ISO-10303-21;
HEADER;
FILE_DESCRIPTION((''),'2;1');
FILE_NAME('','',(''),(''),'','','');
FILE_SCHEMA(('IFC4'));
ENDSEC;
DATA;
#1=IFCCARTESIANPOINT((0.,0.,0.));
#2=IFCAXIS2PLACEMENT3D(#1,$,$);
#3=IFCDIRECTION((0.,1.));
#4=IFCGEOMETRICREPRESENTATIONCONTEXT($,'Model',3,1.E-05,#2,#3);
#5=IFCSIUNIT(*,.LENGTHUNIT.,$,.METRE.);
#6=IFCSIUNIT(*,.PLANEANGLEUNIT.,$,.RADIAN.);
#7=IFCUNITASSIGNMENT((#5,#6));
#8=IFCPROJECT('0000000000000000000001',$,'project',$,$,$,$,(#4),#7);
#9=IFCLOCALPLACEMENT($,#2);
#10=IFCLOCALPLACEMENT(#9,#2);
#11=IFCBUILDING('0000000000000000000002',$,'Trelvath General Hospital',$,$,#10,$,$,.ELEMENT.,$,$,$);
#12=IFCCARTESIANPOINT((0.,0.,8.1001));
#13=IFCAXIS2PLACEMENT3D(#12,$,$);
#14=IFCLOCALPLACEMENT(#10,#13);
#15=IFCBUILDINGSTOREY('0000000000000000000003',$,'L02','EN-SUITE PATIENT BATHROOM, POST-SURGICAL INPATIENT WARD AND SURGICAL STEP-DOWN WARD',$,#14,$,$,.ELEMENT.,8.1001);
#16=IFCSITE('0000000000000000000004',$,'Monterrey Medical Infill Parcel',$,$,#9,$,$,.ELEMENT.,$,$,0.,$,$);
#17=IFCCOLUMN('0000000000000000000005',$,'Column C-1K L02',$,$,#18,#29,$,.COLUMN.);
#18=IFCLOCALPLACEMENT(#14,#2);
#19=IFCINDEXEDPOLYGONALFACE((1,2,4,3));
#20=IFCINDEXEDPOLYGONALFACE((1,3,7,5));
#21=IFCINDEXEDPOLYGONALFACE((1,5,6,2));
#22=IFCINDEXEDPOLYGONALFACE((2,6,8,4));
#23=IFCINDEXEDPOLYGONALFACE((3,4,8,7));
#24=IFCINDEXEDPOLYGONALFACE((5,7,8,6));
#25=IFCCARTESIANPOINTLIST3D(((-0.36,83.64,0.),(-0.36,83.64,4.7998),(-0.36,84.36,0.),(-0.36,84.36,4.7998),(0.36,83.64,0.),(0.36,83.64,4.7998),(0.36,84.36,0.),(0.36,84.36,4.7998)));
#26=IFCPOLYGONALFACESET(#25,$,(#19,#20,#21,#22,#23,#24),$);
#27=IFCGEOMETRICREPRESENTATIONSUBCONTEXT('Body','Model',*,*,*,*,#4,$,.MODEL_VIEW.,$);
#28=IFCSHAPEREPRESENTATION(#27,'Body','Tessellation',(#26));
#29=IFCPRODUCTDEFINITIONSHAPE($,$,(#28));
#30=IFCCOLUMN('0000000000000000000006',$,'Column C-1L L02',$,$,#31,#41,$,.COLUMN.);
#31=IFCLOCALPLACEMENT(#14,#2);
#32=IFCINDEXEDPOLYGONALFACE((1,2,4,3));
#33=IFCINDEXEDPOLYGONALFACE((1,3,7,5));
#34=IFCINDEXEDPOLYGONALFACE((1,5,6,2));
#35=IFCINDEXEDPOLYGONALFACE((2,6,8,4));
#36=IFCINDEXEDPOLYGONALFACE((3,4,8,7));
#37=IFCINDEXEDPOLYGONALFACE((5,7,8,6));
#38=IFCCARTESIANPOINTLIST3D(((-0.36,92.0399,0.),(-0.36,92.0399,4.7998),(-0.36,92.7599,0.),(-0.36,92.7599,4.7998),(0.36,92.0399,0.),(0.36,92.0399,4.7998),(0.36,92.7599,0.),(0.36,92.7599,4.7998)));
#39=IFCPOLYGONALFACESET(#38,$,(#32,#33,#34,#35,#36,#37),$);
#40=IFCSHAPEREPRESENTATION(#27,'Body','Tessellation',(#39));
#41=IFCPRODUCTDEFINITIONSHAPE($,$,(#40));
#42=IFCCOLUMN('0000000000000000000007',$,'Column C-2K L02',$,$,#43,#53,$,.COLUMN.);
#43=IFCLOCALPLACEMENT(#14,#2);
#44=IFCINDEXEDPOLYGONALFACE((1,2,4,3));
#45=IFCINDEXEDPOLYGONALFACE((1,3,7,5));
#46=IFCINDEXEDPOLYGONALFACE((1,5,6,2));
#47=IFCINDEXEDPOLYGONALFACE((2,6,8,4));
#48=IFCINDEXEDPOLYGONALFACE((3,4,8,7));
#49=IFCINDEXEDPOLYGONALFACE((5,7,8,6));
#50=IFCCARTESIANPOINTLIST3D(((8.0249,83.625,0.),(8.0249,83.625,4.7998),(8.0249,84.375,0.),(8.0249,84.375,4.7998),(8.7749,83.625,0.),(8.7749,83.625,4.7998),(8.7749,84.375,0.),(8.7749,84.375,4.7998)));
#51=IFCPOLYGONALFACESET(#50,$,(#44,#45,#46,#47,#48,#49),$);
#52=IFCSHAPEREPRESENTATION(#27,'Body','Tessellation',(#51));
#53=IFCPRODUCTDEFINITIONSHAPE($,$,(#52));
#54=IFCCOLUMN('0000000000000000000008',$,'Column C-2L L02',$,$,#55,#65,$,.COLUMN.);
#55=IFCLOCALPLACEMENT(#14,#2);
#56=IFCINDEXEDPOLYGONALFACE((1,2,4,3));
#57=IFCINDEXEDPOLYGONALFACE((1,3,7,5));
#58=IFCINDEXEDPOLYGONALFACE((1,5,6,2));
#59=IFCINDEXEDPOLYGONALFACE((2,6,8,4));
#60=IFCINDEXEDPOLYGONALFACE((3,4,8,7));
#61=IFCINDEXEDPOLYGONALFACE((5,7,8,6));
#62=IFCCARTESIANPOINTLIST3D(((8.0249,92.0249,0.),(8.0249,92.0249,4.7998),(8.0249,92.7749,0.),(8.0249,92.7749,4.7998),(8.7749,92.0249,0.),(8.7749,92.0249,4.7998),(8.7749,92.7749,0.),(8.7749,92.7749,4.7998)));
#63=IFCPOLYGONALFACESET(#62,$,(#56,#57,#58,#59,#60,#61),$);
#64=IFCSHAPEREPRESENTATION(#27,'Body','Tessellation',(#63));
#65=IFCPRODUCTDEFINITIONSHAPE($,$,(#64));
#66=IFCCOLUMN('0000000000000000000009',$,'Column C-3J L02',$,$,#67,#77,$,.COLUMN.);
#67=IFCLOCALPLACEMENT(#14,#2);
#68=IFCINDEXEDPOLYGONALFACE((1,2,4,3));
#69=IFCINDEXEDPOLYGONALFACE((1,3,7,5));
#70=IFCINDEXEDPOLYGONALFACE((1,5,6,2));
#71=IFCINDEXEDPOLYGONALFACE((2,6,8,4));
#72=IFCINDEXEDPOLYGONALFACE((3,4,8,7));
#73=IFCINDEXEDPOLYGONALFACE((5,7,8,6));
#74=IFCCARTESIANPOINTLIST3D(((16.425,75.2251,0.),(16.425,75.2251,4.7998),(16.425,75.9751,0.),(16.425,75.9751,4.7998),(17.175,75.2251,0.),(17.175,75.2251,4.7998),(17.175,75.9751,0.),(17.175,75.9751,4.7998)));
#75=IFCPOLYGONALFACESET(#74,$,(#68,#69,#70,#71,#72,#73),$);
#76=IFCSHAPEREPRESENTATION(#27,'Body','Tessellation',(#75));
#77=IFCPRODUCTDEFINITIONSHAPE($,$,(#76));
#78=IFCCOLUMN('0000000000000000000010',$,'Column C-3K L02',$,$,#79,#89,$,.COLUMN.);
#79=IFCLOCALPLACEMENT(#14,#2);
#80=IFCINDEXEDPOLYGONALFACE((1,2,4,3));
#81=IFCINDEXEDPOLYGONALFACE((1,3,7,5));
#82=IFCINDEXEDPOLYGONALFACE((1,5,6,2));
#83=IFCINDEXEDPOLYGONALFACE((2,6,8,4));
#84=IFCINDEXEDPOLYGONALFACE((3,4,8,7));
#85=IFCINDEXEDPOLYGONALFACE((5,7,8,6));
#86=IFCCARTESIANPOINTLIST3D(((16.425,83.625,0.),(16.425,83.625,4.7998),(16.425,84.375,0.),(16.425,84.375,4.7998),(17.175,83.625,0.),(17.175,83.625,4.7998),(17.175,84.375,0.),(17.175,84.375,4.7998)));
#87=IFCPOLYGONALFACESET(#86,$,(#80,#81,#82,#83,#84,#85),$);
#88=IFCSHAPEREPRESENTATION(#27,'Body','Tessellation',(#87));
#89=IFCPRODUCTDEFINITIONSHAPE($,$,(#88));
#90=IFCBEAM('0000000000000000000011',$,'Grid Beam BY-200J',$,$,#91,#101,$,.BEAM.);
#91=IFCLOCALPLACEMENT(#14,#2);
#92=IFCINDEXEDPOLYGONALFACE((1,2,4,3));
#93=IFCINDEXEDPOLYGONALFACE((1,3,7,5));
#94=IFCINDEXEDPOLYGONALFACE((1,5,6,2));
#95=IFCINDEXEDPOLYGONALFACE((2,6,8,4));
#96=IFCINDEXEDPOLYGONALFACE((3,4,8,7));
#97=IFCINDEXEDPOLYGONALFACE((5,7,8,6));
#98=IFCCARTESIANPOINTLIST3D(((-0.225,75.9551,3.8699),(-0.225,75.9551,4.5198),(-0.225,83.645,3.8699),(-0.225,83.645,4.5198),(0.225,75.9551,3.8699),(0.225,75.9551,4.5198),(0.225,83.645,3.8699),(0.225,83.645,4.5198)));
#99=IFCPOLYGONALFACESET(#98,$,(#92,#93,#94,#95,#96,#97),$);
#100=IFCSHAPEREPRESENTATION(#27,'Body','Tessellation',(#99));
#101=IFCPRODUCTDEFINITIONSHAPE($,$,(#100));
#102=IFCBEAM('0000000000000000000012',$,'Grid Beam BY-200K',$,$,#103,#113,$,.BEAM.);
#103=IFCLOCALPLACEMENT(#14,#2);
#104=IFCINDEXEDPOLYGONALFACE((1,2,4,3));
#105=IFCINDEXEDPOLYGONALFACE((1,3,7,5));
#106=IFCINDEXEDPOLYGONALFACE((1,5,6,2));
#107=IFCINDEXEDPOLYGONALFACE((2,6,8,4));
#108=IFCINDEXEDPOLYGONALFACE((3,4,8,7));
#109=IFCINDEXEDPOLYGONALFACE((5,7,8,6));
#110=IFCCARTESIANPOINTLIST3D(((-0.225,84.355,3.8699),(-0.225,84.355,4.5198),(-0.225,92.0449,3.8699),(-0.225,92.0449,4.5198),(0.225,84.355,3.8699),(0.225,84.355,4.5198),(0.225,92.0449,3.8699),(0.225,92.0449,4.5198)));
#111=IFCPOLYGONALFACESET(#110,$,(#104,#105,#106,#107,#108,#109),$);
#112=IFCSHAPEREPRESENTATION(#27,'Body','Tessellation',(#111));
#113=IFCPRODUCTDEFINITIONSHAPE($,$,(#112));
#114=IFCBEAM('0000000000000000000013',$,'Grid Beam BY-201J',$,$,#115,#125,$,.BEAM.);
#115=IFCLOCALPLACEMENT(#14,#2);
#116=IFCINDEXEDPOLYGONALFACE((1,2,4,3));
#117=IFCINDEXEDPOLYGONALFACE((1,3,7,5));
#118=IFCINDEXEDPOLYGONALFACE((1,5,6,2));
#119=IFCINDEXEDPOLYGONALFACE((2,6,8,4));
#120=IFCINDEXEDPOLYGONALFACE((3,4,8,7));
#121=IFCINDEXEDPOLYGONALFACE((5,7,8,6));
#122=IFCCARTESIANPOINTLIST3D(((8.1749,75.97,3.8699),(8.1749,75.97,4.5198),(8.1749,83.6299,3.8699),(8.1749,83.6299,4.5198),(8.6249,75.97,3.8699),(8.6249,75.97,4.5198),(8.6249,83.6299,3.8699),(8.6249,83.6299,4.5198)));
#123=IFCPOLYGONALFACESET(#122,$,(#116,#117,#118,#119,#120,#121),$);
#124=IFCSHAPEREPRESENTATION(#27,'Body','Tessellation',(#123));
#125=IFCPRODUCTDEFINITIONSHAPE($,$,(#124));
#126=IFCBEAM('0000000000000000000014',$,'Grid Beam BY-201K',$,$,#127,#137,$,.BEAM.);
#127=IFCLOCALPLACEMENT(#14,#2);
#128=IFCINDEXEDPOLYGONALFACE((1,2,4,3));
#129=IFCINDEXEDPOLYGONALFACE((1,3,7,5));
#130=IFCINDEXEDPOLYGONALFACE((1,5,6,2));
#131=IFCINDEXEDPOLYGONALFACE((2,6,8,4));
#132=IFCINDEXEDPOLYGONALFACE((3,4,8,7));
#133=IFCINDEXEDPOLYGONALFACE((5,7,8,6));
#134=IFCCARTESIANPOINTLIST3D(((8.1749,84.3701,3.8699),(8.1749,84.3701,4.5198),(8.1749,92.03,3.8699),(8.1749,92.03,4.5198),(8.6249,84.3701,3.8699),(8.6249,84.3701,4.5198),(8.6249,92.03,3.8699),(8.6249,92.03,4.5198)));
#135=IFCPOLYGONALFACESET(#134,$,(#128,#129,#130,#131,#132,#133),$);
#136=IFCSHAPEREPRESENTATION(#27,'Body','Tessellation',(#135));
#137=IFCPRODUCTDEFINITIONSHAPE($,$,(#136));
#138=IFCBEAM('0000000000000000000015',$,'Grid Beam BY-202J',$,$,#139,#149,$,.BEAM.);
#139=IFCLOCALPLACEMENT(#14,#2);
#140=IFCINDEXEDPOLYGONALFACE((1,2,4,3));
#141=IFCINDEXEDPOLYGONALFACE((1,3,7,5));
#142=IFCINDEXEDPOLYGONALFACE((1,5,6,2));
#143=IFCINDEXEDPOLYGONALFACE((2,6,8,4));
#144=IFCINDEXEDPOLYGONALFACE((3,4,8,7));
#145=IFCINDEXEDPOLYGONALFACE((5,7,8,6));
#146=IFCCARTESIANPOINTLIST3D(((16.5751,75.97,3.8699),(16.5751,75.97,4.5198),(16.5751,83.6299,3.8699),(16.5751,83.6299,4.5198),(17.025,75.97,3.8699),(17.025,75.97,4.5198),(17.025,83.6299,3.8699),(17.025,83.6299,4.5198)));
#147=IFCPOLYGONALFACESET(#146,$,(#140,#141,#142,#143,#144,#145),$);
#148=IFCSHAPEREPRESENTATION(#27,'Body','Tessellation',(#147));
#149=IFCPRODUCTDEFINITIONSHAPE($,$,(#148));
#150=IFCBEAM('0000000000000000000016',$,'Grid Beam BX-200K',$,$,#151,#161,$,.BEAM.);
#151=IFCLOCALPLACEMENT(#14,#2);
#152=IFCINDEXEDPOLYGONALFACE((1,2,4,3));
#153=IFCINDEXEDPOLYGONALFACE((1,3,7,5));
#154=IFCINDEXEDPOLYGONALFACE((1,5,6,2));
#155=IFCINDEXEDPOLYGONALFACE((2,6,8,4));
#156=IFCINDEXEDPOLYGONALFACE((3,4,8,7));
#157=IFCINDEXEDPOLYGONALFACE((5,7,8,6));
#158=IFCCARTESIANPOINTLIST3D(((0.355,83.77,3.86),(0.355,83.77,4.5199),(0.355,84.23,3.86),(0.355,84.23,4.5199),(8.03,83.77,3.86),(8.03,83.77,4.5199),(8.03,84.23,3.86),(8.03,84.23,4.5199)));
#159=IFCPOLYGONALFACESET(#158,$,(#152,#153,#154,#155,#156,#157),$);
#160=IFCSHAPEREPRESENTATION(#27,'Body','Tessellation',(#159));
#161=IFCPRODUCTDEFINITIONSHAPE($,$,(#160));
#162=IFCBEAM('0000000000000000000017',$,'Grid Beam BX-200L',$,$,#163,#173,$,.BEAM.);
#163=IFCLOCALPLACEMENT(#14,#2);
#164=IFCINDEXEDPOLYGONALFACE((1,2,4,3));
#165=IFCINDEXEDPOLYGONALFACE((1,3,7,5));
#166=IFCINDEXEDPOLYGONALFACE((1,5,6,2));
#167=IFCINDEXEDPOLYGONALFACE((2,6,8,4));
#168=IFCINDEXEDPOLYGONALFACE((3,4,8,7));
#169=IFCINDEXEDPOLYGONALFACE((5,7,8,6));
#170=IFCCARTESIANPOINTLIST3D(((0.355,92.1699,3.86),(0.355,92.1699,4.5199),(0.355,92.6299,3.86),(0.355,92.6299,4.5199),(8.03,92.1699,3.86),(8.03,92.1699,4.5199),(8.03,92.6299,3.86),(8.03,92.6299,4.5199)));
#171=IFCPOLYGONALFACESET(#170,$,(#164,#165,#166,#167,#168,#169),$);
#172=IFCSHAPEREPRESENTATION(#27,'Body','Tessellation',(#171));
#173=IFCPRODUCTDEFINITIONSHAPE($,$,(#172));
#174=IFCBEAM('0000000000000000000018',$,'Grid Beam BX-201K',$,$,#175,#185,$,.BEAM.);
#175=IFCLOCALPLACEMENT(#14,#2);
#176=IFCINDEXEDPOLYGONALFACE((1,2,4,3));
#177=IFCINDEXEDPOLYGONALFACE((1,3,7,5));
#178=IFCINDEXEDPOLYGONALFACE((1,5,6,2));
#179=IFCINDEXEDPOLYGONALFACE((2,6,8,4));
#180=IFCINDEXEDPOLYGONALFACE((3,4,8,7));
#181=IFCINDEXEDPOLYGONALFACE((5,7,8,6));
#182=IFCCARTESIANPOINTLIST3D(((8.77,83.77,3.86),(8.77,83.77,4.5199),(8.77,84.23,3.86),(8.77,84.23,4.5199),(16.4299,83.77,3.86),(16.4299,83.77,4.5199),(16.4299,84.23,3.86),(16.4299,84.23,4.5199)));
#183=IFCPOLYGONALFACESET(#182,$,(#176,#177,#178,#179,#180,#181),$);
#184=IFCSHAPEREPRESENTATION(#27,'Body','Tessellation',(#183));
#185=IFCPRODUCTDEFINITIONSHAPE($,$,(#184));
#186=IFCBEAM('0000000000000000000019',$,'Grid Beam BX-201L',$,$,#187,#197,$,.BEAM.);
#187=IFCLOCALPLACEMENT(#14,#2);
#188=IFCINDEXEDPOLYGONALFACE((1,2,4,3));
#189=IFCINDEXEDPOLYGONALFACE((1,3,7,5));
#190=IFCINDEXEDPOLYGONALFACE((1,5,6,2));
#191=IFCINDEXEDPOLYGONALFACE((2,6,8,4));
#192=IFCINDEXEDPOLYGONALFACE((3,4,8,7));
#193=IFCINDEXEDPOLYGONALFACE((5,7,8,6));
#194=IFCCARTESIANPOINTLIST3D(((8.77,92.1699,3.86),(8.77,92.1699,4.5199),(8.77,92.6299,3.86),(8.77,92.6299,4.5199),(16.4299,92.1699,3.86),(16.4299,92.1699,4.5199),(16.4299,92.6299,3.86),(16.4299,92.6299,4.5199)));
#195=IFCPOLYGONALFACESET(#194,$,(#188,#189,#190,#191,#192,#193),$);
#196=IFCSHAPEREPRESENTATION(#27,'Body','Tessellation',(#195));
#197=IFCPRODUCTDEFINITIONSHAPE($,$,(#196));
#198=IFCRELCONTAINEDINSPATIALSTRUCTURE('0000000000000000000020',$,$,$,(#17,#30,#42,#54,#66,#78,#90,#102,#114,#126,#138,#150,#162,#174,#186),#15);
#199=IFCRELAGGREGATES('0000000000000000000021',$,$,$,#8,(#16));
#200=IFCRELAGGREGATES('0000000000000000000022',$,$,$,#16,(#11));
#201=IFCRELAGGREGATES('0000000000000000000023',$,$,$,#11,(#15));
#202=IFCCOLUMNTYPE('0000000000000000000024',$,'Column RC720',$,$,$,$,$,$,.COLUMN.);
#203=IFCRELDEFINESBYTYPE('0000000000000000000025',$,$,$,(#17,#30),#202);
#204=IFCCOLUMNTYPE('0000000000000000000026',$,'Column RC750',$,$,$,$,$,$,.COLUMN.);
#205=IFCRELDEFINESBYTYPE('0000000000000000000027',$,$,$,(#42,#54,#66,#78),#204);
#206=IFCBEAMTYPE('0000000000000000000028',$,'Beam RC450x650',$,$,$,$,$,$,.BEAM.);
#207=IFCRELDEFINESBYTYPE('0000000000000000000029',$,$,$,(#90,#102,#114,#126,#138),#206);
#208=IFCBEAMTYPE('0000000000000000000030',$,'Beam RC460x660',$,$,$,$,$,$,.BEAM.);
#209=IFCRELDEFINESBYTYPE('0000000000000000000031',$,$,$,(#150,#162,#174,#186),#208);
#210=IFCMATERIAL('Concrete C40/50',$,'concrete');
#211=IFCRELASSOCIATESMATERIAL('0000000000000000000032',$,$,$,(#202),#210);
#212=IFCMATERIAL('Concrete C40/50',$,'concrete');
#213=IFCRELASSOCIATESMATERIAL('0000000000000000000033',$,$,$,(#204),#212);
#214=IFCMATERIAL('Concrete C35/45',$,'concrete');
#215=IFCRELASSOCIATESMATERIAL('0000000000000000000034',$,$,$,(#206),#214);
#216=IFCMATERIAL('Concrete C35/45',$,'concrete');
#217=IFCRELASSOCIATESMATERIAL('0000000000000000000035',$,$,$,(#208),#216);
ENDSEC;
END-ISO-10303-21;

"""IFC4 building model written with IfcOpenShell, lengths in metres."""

from ifc_helpers import new_model, si_unit, direction, frame, origin, origin_2d, place, context, subcontext, project, spatial, rectangle, extrude, material, material_profile, profile_set, type_object, element, save


model = new_model("IFC4")

# Units and contexts
model_context = context("Model", 3, precision=1e-05, world=origin(), true_north=direction((0.0, 1.0)))
body_context = subcontext(model_context, "Body", "Model", "MODEL_VIEW")
ifc_project = project(units=[si_unit("LENGTHUNIT", "METRE"), si_unit("PLANEANGLEUNIT", "RADIAN")], contexts=[model_context])

# Site, building, storey
site_placement = place(None, origin())
site = spatial("IfcSite", under=ifc_project, at=site_placement, Name="Monterrey Medical Infill Parcel", CompositionType="ELEMENT", RefElevation=0.0)
building_placement = place(site_placement, origin())
building = spatial("IfcBuilding", under=site, at=building_placement, Name="Trelvath General Hospital", CompositionType="ELEMENT")
storey_placement = place(building_placement, frame((0.0, 0.0, 8.1001)))
storey = spatial("IfcBuildingStorey", under=building, at=storey_placement, Name="L02", Description="EN-SUITE PATIENT BATHROOM, POST-SURGICAL INPATIENT WARD AND SURGICAL STEP-DOWN WARD", CompositionType="ELEMENT", Elevation=8.1001)

# Columns
ifc_material_1 = material(Name="Concrete C40/50", Category="concrete")
ifc_material_profile_1 = material_profile(ifc_material_1, rectangle(XDim=0.72, YDim=0.72, at=origin_2d()), Name="RC720x720")
ifc_profile_set_1 = profile_set([ifc_material_profile_1], Name="Concrete C40/50")
column_type_1 = type_object("IfcColumnType", Name="Column RC720", PredefinedType="COLUMN", material=ifc_profile_set_1)
for number, where, z_axis, x_axis, name in (
    (1, (0.0, 84.0, 0.0), (0.0, 0.0, 1.0), (1.0, 0.0, 0.0), "Column C-1K L02"),
    (2, (0.0, 92.3999, 0.0), (0.0, 0.0, 1.0), (1.0, 0.0, 0.0), "Column C-1L L02"),
):
    element("IfcColumn", number, at=place(storey_placement, frame(where, z_axis=z_axis, x_axis=x_axis)), inside=storey, type_object=column_type_1, Name=name, PredefinedType="COLUMN", context=body_context, shape_type="SweptSolid", body=[
        extrude(rectangle(XDim=0.72, YDim=0.72, at=origin_2d()), origin(), (0.0, 0.0, 1.0), 4.7998),
    ])
ifc_material_2 = material(Name="Concrete C40/50", Category="concrete")
ifc_material_profile_2 = material_profile(ifc_material_2, rectangle(XDim=0.75, YDim=0.75, at=origin_2d()), Name="RC750x750")
ifc_profile_set_2 = profile_set([ifc_material_profile_2], Name="Concrete C40/50")
column_type_2 = type_object("IfcColumnType", Name="Column RC750", PredefinedType="COLUMN", material=ifc_profile_set_2)
for number, where, z_axis, x_axis, name in (
    (3, (8.3999, 84.0, 0.0), (0.0, 0.0, 1.0), (1.0, 0.0, 0.0), "Column C-2K L02"),
    (4, (8.3999, 92.3999, 0.0), (0.0, 0.0, 1.0), (1.0, 0.0, 0.0), "Column C-2L L02"),
    (5, (16.8, 75.6001, 0.0), (0.0, 0.0, 1.0), (1.0, 0.0, 0.0), "Column C-3J L02"),
    (6, (16.8, 84.0, 0.0), (0.0, 0.0, 1.0), (1.0, 0.0, 0.0), "Column C-3K L02"),
):
    element("IfcColumn", number, at=place(storey_placement, frame(where, z_axis=z_axis, x_axis=x_axis)), inside=storey, type_object=column_type_2, Name=name, PredefinedType="COLUMN", context=body_context, shape_type="SweptSolid", body=[
        extrude(rectangle(XDim=0.75, YDim=0.75, at=origin_2d()), origin(), (0.0, 0.0, 1.0), 4.7998),
    ])

# Beams
ifc_material_3 = material(Name="Concrete C35/45", Category="concrete")
ifc_material_profile_3 = material_profile(ifc_material_3, rectangle(XDim=0.45, YDim=0.6499, at=origin_2d()), Name="RCB450x650")
ifc_profile_set_3 = profile_set([ifc_material_profile_3], Name="Concrete C35/45")
beam_type_1 = type_object("IfcBeamType", Name="Beam RC450x650", PredefinedType="BEAM", material=ifc_profile_set_3)
for number, where, z_axis, x_axis, name in (
    (7, (0.0, 75.9551, 4.1948), (0.0, 1.0, 0.0), (-1.0, 0.0, 0.0), "Grid Beam BY-200J"),
    (8, (0.0, 84.355, 4.1948), (0.0, 1.0, 0.0), (-1.0, 0.0, 0.0), "Grid Beam BY-200K"),
):
    element("IfcBeam", number, at=place(storey_placement, frame(where, z_axis=z_axis, x_axis=x_axis)), inside=storey, type_object=beam_type_1, Name=name, PredefinedType="BEAM", context=body_context, shape_type="SweptSolid", body=[
        extrude(rectangle(XDim=0.45, YDim=0.6499, at=origin_2d()), origin(), (0.0, 0.0, 1.0), 7.6899),
    ])
for number, where, z_axis, x_axis, name in (
    (9, (8.3999, 75.97, 4.1948), (0.0, 1.0, 0.0), (-1.0, 0.0, 0.0), "Grid Beam BY-201J"),
    (10, (8.3999, 84.3701, 4.1948), (0.0, 1.0, 0.0), (-1.0, 0.0, 0.0), "Grid Beam BY-201K"),
    (11, (16.8, 75.97, 4.1948), (0.0, 1.0, 0.0), (-1.0, 0.0, 0.0), "Grid Beam BY-202J"),
):
    element("IfcBeam", number, at=place(storey_placement, frame(where, z_axis=z_axis, x_axis=x_axis)), inside=storey, type_object=beam_type_1, Name=name, PredefinedType="BEAM", context=body_context, shape_type="SweptSolid", body=[
        extrude(rectangle(XDim=0.45, YDim=0.6499, at=origin_2d()), origin(), (0.0, 0.0, 1.0), 7.6599),
    ])
ifc_material_4 = material(Name="Concrete C35/45", Category="concrete")
ifc_material_profile_4 = material_profile(ifc_material_4, rectangle(XDim=0.46, YDim=0.6599, at=origin_2d()), Name="RCB460x660")
ifc_profile_set_4 = profile_set([ifc_material_profile_4], Name="Concrete C35/45")
beam_type_2 = type_object("IfcBeamType", Name="Beam RC460x660", PredefinedType="BEAM", material=ifc_profile_set_4)
for number, where, z_axis, x_axis, name in (
    (12, (0.355, 84.0, 4.1899), (1.0, 0.0, 0.0), (0.0, 1.0, 0.0), "Grid Beam BX-200K"),
    (13, (0.355, 92.3999, 4.1899), (1.0, 0.0, 0.0), (0.0, 1.0, 0.0), "Grid Beam BX-200L"),
):
    element("IfcBeam", number, at=place(storey_placement, frame(where, z_axis=z_axis, x_axis=x_axis)), inside=storey, type_object=beam_type_2, Name=name, PredefinedType="BEAM", context=body_context, shape_type="SweptSolid", body=[
        extrude(rectangle(XDim=0.46, YDim=0.6599, at=origin_2d()), origin(), (0.0, 0.0, 1.0), 7.675),
    ])
for number, where, z_axis, x_axis, name in (
    (14, (8.77, 84.0, 4.1899), (1.0, 0.0, 0.0), (0.0, 1.0, 0.0), "Grid Beam BX-201K"),
    (15, (8.77, 92.3999, 4.1899), (1.0, 0.0, 0.0), (0.0, 1.0, 0.0), "Grid Beam BX-201L"),
):
    element("IfcBeam", number, at=place(storey_placement, frame(where, z_axis=z_axis, x_axis=x_axis)), inside=storey, type_object=beam_type_2, Name=name, PredefinedType="BEAM", context=body_context, shape_type="SweptSolid", body=[
        extrude(rectangle(XDim=0.46, YDim=0.6599, at=origin_2d()), origin(), (0.0, 0.0, 1.0), 7.6599),
    ])

save(model, "model.ifc")
